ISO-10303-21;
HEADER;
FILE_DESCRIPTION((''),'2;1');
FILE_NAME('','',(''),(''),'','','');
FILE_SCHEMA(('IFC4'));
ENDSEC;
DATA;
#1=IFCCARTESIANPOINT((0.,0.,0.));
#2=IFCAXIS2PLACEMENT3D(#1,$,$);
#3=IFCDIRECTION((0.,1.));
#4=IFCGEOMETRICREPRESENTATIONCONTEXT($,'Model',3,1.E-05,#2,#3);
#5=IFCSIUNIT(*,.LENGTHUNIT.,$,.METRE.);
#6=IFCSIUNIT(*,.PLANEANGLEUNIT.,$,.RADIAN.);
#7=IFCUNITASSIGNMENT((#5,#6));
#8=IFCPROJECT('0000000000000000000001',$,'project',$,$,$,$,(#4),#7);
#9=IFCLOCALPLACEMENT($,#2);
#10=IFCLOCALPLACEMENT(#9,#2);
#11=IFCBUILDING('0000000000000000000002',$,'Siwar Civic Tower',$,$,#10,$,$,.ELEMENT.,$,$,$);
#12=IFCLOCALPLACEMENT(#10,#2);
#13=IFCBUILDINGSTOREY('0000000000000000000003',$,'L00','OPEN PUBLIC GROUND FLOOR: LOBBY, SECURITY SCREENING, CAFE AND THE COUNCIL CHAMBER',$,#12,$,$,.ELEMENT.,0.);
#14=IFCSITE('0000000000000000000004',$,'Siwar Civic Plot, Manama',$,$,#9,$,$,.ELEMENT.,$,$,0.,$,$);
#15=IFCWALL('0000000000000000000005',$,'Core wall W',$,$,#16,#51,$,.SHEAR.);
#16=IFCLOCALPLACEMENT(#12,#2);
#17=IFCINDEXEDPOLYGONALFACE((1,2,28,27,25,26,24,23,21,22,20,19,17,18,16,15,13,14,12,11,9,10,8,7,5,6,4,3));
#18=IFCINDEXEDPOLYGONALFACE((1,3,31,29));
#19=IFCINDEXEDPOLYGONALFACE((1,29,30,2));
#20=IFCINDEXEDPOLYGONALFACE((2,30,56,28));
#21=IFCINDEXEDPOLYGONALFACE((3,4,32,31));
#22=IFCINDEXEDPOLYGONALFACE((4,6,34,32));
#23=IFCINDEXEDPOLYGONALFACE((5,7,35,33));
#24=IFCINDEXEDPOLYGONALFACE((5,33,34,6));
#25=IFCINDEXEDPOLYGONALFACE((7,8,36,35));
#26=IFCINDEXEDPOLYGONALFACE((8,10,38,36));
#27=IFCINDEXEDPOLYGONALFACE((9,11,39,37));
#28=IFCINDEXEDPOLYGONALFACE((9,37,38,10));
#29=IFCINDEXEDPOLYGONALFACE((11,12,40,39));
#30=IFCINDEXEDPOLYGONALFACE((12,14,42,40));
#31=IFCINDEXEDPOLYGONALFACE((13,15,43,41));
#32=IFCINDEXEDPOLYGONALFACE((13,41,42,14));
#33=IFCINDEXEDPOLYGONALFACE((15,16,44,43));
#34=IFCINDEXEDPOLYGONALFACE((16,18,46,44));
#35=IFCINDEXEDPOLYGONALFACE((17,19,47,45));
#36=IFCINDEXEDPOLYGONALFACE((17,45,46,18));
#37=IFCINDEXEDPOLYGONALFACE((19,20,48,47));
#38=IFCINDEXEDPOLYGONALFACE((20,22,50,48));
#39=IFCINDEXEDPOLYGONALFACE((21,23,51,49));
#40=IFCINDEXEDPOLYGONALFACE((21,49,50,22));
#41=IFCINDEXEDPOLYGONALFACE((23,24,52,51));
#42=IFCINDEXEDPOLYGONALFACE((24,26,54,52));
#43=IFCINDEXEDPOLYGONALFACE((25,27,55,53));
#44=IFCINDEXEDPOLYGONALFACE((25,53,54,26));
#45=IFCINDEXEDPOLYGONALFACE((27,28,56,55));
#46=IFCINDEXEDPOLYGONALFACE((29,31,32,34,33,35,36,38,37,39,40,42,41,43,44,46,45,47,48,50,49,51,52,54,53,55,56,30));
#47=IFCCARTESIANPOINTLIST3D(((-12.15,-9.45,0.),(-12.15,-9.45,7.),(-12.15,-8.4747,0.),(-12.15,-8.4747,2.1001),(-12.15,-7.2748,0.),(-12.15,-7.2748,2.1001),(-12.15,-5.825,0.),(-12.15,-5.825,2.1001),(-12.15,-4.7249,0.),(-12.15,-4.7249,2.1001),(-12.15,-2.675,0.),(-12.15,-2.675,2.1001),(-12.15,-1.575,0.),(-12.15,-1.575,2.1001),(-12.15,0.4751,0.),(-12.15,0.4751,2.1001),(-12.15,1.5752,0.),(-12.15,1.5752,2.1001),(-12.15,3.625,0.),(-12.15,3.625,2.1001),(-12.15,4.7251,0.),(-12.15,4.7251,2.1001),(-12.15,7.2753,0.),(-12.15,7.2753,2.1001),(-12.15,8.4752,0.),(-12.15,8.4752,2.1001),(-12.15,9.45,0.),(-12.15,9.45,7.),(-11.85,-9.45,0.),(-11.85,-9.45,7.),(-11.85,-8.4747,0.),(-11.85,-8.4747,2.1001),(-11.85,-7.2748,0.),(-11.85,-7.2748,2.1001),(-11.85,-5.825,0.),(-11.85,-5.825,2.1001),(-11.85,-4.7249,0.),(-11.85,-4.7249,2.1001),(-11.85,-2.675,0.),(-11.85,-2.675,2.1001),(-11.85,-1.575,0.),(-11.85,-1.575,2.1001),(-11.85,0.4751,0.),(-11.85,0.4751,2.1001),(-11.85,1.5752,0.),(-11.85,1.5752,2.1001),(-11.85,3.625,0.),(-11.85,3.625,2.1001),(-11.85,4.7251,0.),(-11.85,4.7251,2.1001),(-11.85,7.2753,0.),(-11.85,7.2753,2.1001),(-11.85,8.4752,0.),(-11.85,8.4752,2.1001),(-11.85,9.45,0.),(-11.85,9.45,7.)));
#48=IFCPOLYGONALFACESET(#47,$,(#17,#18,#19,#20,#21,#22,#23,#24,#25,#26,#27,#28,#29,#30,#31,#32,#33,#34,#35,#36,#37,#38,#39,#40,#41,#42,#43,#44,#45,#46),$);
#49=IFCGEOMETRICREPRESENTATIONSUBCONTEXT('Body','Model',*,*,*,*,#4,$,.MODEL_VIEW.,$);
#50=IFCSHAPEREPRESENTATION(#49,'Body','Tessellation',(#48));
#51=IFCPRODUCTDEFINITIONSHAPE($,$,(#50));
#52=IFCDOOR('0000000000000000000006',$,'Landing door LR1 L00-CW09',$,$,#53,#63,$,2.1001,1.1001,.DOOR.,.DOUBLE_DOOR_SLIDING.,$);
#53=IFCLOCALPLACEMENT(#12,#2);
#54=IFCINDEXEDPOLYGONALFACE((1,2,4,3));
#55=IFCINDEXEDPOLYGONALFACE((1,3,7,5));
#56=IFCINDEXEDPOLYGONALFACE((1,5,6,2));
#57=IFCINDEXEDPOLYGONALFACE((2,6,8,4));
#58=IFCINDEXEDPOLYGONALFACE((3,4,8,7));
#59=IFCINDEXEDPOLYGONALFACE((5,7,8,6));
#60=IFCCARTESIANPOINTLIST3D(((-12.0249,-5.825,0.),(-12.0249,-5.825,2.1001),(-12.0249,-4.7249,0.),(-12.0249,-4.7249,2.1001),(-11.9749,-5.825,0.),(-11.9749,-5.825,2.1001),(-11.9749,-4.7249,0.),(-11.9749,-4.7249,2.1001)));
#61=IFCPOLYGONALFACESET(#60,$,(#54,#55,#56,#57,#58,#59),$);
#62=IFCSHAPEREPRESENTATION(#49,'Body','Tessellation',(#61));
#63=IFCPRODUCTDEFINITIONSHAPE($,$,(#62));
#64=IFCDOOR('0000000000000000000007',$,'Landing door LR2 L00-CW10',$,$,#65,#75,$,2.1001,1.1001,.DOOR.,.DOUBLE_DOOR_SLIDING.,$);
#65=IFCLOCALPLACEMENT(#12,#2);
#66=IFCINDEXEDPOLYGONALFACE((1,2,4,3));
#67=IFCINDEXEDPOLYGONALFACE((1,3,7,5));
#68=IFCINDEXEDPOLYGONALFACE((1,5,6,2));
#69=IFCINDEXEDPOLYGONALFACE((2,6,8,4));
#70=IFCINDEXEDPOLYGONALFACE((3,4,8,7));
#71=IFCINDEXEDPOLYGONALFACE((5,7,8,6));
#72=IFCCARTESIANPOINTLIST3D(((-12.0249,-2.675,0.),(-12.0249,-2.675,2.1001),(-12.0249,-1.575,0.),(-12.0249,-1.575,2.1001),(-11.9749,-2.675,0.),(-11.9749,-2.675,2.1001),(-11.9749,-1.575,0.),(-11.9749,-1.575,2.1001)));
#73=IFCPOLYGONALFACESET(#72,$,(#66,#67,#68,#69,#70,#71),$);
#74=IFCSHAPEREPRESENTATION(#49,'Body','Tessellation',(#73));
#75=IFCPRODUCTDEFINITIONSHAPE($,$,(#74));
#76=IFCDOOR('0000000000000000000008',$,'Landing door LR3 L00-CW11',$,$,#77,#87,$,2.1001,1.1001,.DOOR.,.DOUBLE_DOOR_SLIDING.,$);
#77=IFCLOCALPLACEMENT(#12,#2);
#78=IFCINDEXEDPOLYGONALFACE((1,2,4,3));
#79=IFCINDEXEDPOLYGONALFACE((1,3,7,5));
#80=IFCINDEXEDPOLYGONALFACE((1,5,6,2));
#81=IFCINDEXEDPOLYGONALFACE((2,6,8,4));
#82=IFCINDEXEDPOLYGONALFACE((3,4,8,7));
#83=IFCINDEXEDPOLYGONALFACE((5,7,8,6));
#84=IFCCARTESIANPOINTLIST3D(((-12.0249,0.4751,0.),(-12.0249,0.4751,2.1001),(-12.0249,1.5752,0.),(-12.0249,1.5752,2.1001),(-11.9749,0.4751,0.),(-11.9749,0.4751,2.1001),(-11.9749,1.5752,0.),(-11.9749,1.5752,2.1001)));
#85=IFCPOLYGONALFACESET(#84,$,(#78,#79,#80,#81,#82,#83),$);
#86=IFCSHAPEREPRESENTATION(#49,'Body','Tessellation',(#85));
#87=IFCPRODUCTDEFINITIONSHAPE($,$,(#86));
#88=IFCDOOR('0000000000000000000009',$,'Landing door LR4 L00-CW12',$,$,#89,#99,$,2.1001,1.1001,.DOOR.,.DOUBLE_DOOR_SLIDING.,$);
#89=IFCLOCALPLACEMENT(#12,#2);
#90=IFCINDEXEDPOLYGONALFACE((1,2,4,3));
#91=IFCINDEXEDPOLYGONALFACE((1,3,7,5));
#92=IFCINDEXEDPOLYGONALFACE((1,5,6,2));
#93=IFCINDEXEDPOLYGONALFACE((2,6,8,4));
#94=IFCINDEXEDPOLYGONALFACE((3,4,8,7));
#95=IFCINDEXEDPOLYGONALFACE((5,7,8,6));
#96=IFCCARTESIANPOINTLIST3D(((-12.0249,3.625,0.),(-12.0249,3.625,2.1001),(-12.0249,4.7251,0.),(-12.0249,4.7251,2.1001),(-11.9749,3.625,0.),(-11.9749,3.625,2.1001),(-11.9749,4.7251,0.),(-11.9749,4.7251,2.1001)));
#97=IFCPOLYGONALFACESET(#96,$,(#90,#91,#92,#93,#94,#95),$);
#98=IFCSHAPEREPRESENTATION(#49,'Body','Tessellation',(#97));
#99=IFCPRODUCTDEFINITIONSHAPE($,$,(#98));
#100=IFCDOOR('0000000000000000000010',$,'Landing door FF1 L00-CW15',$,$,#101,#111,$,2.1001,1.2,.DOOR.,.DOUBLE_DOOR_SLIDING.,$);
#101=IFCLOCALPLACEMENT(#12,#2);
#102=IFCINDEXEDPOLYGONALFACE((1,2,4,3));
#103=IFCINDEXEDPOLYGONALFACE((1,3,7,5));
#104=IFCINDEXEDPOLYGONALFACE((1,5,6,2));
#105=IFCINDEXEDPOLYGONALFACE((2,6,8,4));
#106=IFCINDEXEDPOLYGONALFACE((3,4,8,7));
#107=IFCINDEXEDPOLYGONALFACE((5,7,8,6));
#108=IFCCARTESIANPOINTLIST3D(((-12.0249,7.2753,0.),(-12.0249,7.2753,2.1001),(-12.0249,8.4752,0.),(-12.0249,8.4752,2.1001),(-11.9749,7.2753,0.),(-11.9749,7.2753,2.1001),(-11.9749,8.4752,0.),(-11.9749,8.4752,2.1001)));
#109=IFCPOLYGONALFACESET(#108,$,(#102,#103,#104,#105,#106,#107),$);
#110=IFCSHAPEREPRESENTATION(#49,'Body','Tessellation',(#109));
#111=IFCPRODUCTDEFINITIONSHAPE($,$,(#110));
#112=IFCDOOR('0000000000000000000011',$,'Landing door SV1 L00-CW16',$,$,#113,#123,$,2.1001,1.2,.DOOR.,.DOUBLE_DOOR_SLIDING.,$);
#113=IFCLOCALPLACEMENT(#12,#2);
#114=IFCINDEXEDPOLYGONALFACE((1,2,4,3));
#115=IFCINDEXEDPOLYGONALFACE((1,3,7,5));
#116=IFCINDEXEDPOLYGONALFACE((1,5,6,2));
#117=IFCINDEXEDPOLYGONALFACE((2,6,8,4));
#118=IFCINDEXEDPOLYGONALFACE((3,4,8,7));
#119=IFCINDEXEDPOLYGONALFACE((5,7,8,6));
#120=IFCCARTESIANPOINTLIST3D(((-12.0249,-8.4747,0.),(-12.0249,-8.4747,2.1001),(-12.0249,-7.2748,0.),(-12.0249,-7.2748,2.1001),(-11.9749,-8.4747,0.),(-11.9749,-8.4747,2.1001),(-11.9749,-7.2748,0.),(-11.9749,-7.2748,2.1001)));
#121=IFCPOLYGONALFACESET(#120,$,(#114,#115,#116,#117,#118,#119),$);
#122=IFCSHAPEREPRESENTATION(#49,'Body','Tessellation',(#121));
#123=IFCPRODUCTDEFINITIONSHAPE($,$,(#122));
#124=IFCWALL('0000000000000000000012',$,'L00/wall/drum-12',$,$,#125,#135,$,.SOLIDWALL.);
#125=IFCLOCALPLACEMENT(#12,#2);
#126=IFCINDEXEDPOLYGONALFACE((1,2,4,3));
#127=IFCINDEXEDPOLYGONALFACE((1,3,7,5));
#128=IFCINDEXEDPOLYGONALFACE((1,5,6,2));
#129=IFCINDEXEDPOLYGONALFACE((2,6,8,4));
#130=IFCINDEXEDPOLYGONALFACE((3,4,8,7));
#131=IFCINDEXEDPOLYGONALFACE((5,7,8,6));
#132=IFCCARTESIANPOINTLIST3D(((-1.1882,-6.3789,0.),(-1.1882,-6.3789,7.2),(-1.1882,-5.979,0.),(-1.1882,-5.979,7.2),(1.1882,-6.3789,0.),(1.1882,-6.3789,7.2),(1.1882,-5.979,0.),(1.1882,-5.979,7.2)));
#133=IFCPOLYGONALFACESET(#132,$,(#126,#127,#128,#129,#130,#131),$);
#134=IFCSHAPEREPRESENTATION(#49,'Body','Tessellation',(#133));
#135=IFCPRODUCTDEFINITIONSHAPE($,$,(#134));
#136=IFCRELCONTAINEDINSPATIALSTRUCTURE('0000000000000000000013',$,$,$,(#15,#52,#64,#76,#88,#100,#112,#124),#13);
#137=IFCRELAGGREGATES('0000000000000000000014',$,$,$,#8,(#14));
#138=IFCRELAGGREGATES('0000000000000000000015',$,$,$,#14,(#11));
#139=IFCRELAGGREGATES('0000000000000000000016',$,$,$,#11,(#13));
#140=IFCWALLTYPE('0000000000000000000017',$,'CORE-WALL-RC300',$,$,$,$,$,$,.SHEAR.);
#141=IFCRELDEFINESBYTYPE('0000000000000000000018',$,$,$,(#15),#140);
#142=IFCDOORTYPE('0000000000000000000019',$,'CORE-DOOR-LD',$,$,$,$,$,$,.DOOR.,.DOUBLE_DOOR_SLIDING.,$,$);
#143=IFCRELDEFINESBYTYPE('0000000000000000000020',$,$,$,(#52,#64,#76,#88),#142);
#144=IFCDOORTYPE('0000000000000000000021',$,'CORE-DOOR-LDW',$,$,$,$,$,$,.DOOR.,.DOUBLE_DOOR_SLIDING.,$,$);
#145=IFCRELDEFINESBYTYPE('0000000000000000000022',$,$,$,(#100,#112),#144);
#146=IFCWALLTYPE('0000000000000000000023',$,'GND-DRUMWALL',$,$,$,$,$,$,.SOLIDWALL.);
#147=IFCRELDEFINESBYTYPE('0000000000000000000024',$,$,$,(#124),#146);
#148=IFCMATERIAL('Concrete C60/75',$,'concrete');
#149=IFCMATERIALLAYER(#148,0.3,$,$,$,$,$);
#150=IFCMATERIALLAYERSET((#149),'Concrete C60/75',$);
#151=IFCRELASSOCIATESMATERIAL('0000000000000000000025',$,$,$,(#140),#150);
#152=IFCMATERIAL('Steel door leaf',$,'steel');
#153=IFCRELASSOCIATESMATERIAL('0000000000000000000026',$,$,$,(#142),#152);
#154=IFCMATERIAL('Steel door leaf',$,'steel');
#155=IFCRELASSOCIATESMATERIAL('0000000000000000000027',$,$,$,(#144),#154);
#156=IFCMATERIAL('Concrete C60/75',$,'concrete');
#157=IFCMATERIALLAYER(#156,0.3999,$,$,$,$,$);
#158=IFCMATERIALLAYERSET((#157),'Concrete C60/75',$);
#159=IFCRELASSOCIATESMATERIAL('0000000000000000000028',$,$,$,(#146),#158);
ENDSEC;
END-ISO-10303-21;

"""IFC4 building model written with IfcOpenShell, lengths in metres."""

from ifc_helpers import new_model, si_unit, direction, frame, frame_2d, origin, place, context, subcontext, project, spatial, rectangle, extrude, material, layer, layer_set, type_object, element, fill, save


model = new_model("IFC4")

# Units and contexts
model_context = context("Model", 3, precision=1e-05, world=origin(), true_north=direction((0.0, 1.0)))
body_context = subcontext(model_context, "Body", "Model", "MODEL_VIEW")
ifc_project = project(units=[si_unit("LENGTHUNIT", "METRE"), si_unit("PLANEANGLEUNIT", "RADIAN")], contexts=[model_context])

# Site, building, storey
site_placement = place(None, origin())
site = spatial("IfcSite", under=ifc_project, at=site_placement, Name="Siwar Civic Plot, Manama", CompositionType="ELEMENT", RefElevation=0.0)
building_placement = place(site_placement, origin())
building = spatial("IfcBuilding", under=site, at=building_placement, Name="Siwar Civic Tower", CompositionType="ELEMENT")
storey_placement = place(building_placement, origin())
storey = spatial("IfcBuildingStorey", under=building, at=storey_placement, Name="L00", Description="OPEN PUBLIC GROUND FLOOR: LOBBY, SECURITY SCREENING, CAFE AND THE COUNCIL CHAMBER", CompositionType="ELEMENT", Elevation=0.0)

# Wall, openings, doors
ifc_material_1 = material(Name="Concrete C60/75", Category="concrete")
ifc_layer_1 = layer(ifc_material_1, 0.3)
ifc_layer_set_1 = layer_set([ifc_layer_1], Name="Concrete C60/75")
wall_type_1 = type_object("IfcWallType", Name="CORE-WALL-RC300", PredefinedType="SHEAR", material=ifc_layer_set_1)
wall_1_placement = place(storey_placement, frame((-12.0, -9.45, 0.0), z_axis=(0.0, 0.0, 1.0), x_axis=(0.0, 1.0, 0.0)))
wall_1 = element("IfcWall", 1, at=wall_1_placement, inside=storey, type_object=wall_type_1, Name="Core wall W", PredefinedType="SHEAR", context=body_context, shape_type="SweptSolid", body=[
    extrude(rectangle(XDim=18.8999, YDim=0.3, at=frame_2d((9.45, 0.0))), origin(), (0.0, 0.0, 1.0), 7.0),
])
opening_1_placement = place(wall_1_placement, frame((3.625, 0.0, 0.0)))
opening_1 = element("IfcOpeningElement", 2, at=opening_1_placement, cuts=wall_1, PredefinedType="OPENING", context=body_context, shape_type="SweptSolid", body=[
    extrude(rectangle(XDim=1.1001, YDim=2.1001, at=frame_2d((0.55, 1.05))), frame((0.0, 0.1602, 0.0), z_axis=(0.0, -1.0, 0.0), x_axis=(1.0, 0.0, 0.0)), (0.0, 0.0, 1.0), 0.3201),
])
opening_2_placement = place(wall_1_placement, frame((6.7749, 0.0, 0.0)))
opening_2 = element("IfcOpeningElement", 3, at=opening_2_placement, cuts=wall_1, PredefinedType="OPENING", context=body_context, shape_type="SweptSolid", body=[
    extrude(rectangle(XDim=1.1001, YDim=2.1001, at=frame_2d((0.55, 1.05))), frame((0.0, 0.1602, 0.0), z_axis=(0.0, -1.0, 0.0), x_axis=(1.0, 0.0, 0.0)), (0.0, 0.0, 1.0), 0.3201),
])
opening_3_placement = place(wall_1_placement, frame((9.925, 0.0, 0.0)))
opening_3 = element("IfcOpeningElement", 4, at=opening_3_placement, cuts=wall_1, PredefinedType="OPENING", context=body_context, shape_type="SweptSolid", body=[
    extrude(rectangle(XDim=1.1001, YDim=2.1001, at=frame_2d((0.55, 1.05))), frame((0.0, 0.1602, 0.0), z_axis=(0.0, -1.0, 0.0), x_axis=(1.0, 0.0, 0.0)), (0.0, 0.0, 1.0), 0.3201),
])
opening_4_placement = place(wall_1_placement, frame((13.075, 0.0, 0.0)))
opening_4 = element("IfcOpeningElement", 5, at=opening_4_placement, cuts=wall_1, PredefinedType="OPENING", context=body_context, shape_type="SweptSolid", body=[
    extrude(rectangle(XDim=1.1001, YDim=2.1001, at=frame_2d((0.55, 1.05))), frame((0.0, 0.1602, 0.0), z_axis=(0.0, -1.0, 0.0), x_axis=(1.0, 0.0, 0.0)), (0.0, 0.0, 1.0), 0.3201),
])
opening_5_placement = place(wall_1_placement, frame((16.7251, 0.0, 0.0)))
opening_5 = element("IfcOpeningElement", 6, at=opening_5_placement, cuts=wall_1, PredefinedType="OPENING", context=body_context, shape_type="SweptSolid", body=[
    extrude(rectangle(XDim=1.2, YDim=2.1001, at=frame_2d((0.6001, 1.05))), frame((0.0, 0.1602, 0.0), z_axis=(0.0, -1.0, 0.0), x_axis=(1.0, 0.0, 0.0)), (0.0, 0.0, 1.0), 0.3201),
])
opening_6_placement = place(wall_1_placement, frame((0.9751, 0.0, 0.0)))
opening_6 = element("IfcOpeningElement", 7, at=opening_6_placement, cuts=wall_1, PredefinedType="OPENING", context=body_context, shape_type="SweptSolid", body=[
    extrude(rectangle(XDim=1.2, YDim=2.1001, at=frame_2d((0.6001, 1.05))), frame((0.0, 0.1602, 0.0), z_axis=(0.0, -1.0, 0.0), x_axis=(1.0, 0.0, 0.0)), (0.0, 0.0, 1.0), 0.3201),
])
ifc_material_2 = material(Name="Steel door leaf", Category="steel")
door_type_1 = type_object("IfcDoorType", Name="CORE-DOOR-LD", OperationType="DOUBLE_DOOR_SLIDING", PredefinedType="DOOR", material=ifc_material_2)
door_1_placement = place(opening_1_placement, origin())
door_1 = element("IfcDoor", 8, at=door_1_placement, inside=storey, type_object=door_type_1, Name="Landing door LR1 L00-CW09", OperationType="DOUBLE_DOOR_SLIDING", OverallHeight=2.1001, OverallWidth=1.1001, PredefinedType="DOOR", context=body_context, shape_type="SweptSolid", body=[
    extrude(rectangle(XDim=1.1001, YDim=2.1001, at=frame_2d((0.55, 1.05))), frame((0.0, 0.0249, 0.0), z_axis=(0.0, -1.0, 0.0), x_axis=(1.0, 0.0, 0.0)), (0.0, 0.0, 1.0), 0.05),
])
fill(opening_1, door_1)
door_2_placement = place(opening_2_placement, origin())
door_2 = element("IfcDoor", 9, at=door_2_placement, inside=storey, type_object=door_type_1, Name="Landing door LR2 L00-CW10", OperationType="DOUBLE_DOOR_SLIDING", OverallHeight=2.1001, OverallWidth=1.1001, PredefinedType="DOOR", context=body_context, shape_type="SweptSolid", body=[
    extrude(rectangle(XDim=1.1001, YDim=2.1001, at=frame_2d((0.55, 1.05))), frame((0.0, 0.0249, 0.0), z_axis=(0.0, -1.0, 0.0), x_axis=(1.0, 0.0, 0.0)), (0.0, 0.0, 1.0), 0.05),
])
fill(opening_2, door_2)
door_3_placement = place(opening_3_placement, origin())
door_3 = element("IfcDoor", 10, at=door_3_placement, inside=storey, type_object=door_type_1, Name="Landing door LR3 L00-CW11", OperationType="DOUBLE_DOOR_SLIDING", OverallHeight=2.1001, OverallWidth=1.1001, PredefinedType="DOOR", context=body_context, shape_type="SweptSolid", body=[
    extrude(rectangle(XDim=1.1001, YDim=2.1001, at=frame_2d((0.55, 1.05))), frame((0.0, 0.0249, 0.0), z_axis=(0.0, -1.0, 0.0), x_axis=(1.0, 0.0, 0.0)), (0.0, 0.0, 1.0), 0.05),
])
fill(opening_3, door_3)
door_4_placement = place(opening_4_placement, origin())
door_4 = element("IfcDoor", 11, at=door_4_placement, inside=storey, type_object=door_type_1, Name="Landing door LR4 L00-CW12", OperationType="DOUBLE_DOOR_SLIDING", OverallHeight=2.1001, OverallWidth=1.1001, PredefinedType="DOOR", context=body_context, shape_type="SweptSolid", body=[
    extrude(rectangle(XDim=1.1001, YDim=2.1001, at=frame_2d((0.55, 1.05))), frame((0.0, 0.0249, 0.0), z_axis=(0.0, -1.0, 0.0), x_axis=(1.0, 0.0, 0.0)), (0.0, 0.0, 1.0), 0.05),
])
fill(opening_4, door_4)
ifc_material_3 = material(Name="Steel door leaf", Category="steel")
door_type_2 = type_object("IfcDoorType", Name="CORE-DOOR-LDW", OperationType="DOUBLE_DOOR_SLIDING", PredefinedType="DOOR", material=ifc_material_3)
door_5_placement = place(opening_5_placement, origin())
door_5 = element("IfcDoor", 12, at=door_5_placement, inside=storey, type_object=door_type_2, Name="Landing door FF1 L00-CW15", OperationType="DOUBLE_DOOR_SLIDING", OverallHeight=2.1001, OverallWidth=1.2, PredefinedType="DOOR", context=body_context, shape_type="SweptSolid", body=[
    extrude(rectangle(XDim=1.2, YDim=2.1001, at=frame_2d((0.6001, 1.05))), frame((0.0, 0.0249, 0.0), z_axis=(0.0, -1.0, 0.0), x_axis=(1.0, 0.0, 0.0)), (0.0, 0.0, 1.0), 0.05),
])
fill(opening_5, door_5)
door_6_placement = place(opening_6_placement, origin())
door_6 = element("IfcDoor", 13, at=door_6_placement, inside=storey, type_object=door_type_2, Name="Landing door SV1 L00-CW16", OperationType="DOUBLE_DOOR_SLIDING", OverallHeight=2.1001, OverallWidth=1.2, PredefinedType="DOOR", context=body_context, shape_type="SweptSolid", body=[
    extrude(rectangle(XDim=1.2, YDim=2.1001, at=frame_2d((0.6001, 1.05))), frame((0.0, 0.0249, 0.0), z_axis=(0.0, -1.0, 0.0), x_axis=(1.0, 0.0, 0.0)), (0.0, 0.0, 1.0), 0.05),
])
fill(opening_6, door_6)

# Wall
ifc_material_4 = material(Name="Concrete C60/75", Category="concrete")
ifc_layer_2 = layer(ifc_material_4, 0.3999)
ifc_layer_set_2 = layer_set([ifc_layer_2], Name="Concrete C60/75")
wall_type_2 = type_object("IfcWallType", Name="GND-DRUMWALL", PredefinedType="SOLIDWALL", material=ifc_layer_set_2)
wall_2_placement = place(storey_placement, frame((-1.1882, -6.179, 0.0), z_axis=(0.0, 0.0, 1.0), x_axis=(1.0, 0.0, 0.0)))
element("IfcWall", 14, at=wall_2_placement, inside=storey, type_object=wall_type_2, Name="L00/wall/drum-12", PredefinedType="SOLIDWALL", context=body_context, shape_type="SweptSolid", body=[
    extrude(rectangle(XDim=2.3765, YDim=0.3999, at=frame_2d((1.1882, 0.0))), origin(), (0.0, 0.0, 1.0), 7.2),
])

save(model, "model.ifc")
